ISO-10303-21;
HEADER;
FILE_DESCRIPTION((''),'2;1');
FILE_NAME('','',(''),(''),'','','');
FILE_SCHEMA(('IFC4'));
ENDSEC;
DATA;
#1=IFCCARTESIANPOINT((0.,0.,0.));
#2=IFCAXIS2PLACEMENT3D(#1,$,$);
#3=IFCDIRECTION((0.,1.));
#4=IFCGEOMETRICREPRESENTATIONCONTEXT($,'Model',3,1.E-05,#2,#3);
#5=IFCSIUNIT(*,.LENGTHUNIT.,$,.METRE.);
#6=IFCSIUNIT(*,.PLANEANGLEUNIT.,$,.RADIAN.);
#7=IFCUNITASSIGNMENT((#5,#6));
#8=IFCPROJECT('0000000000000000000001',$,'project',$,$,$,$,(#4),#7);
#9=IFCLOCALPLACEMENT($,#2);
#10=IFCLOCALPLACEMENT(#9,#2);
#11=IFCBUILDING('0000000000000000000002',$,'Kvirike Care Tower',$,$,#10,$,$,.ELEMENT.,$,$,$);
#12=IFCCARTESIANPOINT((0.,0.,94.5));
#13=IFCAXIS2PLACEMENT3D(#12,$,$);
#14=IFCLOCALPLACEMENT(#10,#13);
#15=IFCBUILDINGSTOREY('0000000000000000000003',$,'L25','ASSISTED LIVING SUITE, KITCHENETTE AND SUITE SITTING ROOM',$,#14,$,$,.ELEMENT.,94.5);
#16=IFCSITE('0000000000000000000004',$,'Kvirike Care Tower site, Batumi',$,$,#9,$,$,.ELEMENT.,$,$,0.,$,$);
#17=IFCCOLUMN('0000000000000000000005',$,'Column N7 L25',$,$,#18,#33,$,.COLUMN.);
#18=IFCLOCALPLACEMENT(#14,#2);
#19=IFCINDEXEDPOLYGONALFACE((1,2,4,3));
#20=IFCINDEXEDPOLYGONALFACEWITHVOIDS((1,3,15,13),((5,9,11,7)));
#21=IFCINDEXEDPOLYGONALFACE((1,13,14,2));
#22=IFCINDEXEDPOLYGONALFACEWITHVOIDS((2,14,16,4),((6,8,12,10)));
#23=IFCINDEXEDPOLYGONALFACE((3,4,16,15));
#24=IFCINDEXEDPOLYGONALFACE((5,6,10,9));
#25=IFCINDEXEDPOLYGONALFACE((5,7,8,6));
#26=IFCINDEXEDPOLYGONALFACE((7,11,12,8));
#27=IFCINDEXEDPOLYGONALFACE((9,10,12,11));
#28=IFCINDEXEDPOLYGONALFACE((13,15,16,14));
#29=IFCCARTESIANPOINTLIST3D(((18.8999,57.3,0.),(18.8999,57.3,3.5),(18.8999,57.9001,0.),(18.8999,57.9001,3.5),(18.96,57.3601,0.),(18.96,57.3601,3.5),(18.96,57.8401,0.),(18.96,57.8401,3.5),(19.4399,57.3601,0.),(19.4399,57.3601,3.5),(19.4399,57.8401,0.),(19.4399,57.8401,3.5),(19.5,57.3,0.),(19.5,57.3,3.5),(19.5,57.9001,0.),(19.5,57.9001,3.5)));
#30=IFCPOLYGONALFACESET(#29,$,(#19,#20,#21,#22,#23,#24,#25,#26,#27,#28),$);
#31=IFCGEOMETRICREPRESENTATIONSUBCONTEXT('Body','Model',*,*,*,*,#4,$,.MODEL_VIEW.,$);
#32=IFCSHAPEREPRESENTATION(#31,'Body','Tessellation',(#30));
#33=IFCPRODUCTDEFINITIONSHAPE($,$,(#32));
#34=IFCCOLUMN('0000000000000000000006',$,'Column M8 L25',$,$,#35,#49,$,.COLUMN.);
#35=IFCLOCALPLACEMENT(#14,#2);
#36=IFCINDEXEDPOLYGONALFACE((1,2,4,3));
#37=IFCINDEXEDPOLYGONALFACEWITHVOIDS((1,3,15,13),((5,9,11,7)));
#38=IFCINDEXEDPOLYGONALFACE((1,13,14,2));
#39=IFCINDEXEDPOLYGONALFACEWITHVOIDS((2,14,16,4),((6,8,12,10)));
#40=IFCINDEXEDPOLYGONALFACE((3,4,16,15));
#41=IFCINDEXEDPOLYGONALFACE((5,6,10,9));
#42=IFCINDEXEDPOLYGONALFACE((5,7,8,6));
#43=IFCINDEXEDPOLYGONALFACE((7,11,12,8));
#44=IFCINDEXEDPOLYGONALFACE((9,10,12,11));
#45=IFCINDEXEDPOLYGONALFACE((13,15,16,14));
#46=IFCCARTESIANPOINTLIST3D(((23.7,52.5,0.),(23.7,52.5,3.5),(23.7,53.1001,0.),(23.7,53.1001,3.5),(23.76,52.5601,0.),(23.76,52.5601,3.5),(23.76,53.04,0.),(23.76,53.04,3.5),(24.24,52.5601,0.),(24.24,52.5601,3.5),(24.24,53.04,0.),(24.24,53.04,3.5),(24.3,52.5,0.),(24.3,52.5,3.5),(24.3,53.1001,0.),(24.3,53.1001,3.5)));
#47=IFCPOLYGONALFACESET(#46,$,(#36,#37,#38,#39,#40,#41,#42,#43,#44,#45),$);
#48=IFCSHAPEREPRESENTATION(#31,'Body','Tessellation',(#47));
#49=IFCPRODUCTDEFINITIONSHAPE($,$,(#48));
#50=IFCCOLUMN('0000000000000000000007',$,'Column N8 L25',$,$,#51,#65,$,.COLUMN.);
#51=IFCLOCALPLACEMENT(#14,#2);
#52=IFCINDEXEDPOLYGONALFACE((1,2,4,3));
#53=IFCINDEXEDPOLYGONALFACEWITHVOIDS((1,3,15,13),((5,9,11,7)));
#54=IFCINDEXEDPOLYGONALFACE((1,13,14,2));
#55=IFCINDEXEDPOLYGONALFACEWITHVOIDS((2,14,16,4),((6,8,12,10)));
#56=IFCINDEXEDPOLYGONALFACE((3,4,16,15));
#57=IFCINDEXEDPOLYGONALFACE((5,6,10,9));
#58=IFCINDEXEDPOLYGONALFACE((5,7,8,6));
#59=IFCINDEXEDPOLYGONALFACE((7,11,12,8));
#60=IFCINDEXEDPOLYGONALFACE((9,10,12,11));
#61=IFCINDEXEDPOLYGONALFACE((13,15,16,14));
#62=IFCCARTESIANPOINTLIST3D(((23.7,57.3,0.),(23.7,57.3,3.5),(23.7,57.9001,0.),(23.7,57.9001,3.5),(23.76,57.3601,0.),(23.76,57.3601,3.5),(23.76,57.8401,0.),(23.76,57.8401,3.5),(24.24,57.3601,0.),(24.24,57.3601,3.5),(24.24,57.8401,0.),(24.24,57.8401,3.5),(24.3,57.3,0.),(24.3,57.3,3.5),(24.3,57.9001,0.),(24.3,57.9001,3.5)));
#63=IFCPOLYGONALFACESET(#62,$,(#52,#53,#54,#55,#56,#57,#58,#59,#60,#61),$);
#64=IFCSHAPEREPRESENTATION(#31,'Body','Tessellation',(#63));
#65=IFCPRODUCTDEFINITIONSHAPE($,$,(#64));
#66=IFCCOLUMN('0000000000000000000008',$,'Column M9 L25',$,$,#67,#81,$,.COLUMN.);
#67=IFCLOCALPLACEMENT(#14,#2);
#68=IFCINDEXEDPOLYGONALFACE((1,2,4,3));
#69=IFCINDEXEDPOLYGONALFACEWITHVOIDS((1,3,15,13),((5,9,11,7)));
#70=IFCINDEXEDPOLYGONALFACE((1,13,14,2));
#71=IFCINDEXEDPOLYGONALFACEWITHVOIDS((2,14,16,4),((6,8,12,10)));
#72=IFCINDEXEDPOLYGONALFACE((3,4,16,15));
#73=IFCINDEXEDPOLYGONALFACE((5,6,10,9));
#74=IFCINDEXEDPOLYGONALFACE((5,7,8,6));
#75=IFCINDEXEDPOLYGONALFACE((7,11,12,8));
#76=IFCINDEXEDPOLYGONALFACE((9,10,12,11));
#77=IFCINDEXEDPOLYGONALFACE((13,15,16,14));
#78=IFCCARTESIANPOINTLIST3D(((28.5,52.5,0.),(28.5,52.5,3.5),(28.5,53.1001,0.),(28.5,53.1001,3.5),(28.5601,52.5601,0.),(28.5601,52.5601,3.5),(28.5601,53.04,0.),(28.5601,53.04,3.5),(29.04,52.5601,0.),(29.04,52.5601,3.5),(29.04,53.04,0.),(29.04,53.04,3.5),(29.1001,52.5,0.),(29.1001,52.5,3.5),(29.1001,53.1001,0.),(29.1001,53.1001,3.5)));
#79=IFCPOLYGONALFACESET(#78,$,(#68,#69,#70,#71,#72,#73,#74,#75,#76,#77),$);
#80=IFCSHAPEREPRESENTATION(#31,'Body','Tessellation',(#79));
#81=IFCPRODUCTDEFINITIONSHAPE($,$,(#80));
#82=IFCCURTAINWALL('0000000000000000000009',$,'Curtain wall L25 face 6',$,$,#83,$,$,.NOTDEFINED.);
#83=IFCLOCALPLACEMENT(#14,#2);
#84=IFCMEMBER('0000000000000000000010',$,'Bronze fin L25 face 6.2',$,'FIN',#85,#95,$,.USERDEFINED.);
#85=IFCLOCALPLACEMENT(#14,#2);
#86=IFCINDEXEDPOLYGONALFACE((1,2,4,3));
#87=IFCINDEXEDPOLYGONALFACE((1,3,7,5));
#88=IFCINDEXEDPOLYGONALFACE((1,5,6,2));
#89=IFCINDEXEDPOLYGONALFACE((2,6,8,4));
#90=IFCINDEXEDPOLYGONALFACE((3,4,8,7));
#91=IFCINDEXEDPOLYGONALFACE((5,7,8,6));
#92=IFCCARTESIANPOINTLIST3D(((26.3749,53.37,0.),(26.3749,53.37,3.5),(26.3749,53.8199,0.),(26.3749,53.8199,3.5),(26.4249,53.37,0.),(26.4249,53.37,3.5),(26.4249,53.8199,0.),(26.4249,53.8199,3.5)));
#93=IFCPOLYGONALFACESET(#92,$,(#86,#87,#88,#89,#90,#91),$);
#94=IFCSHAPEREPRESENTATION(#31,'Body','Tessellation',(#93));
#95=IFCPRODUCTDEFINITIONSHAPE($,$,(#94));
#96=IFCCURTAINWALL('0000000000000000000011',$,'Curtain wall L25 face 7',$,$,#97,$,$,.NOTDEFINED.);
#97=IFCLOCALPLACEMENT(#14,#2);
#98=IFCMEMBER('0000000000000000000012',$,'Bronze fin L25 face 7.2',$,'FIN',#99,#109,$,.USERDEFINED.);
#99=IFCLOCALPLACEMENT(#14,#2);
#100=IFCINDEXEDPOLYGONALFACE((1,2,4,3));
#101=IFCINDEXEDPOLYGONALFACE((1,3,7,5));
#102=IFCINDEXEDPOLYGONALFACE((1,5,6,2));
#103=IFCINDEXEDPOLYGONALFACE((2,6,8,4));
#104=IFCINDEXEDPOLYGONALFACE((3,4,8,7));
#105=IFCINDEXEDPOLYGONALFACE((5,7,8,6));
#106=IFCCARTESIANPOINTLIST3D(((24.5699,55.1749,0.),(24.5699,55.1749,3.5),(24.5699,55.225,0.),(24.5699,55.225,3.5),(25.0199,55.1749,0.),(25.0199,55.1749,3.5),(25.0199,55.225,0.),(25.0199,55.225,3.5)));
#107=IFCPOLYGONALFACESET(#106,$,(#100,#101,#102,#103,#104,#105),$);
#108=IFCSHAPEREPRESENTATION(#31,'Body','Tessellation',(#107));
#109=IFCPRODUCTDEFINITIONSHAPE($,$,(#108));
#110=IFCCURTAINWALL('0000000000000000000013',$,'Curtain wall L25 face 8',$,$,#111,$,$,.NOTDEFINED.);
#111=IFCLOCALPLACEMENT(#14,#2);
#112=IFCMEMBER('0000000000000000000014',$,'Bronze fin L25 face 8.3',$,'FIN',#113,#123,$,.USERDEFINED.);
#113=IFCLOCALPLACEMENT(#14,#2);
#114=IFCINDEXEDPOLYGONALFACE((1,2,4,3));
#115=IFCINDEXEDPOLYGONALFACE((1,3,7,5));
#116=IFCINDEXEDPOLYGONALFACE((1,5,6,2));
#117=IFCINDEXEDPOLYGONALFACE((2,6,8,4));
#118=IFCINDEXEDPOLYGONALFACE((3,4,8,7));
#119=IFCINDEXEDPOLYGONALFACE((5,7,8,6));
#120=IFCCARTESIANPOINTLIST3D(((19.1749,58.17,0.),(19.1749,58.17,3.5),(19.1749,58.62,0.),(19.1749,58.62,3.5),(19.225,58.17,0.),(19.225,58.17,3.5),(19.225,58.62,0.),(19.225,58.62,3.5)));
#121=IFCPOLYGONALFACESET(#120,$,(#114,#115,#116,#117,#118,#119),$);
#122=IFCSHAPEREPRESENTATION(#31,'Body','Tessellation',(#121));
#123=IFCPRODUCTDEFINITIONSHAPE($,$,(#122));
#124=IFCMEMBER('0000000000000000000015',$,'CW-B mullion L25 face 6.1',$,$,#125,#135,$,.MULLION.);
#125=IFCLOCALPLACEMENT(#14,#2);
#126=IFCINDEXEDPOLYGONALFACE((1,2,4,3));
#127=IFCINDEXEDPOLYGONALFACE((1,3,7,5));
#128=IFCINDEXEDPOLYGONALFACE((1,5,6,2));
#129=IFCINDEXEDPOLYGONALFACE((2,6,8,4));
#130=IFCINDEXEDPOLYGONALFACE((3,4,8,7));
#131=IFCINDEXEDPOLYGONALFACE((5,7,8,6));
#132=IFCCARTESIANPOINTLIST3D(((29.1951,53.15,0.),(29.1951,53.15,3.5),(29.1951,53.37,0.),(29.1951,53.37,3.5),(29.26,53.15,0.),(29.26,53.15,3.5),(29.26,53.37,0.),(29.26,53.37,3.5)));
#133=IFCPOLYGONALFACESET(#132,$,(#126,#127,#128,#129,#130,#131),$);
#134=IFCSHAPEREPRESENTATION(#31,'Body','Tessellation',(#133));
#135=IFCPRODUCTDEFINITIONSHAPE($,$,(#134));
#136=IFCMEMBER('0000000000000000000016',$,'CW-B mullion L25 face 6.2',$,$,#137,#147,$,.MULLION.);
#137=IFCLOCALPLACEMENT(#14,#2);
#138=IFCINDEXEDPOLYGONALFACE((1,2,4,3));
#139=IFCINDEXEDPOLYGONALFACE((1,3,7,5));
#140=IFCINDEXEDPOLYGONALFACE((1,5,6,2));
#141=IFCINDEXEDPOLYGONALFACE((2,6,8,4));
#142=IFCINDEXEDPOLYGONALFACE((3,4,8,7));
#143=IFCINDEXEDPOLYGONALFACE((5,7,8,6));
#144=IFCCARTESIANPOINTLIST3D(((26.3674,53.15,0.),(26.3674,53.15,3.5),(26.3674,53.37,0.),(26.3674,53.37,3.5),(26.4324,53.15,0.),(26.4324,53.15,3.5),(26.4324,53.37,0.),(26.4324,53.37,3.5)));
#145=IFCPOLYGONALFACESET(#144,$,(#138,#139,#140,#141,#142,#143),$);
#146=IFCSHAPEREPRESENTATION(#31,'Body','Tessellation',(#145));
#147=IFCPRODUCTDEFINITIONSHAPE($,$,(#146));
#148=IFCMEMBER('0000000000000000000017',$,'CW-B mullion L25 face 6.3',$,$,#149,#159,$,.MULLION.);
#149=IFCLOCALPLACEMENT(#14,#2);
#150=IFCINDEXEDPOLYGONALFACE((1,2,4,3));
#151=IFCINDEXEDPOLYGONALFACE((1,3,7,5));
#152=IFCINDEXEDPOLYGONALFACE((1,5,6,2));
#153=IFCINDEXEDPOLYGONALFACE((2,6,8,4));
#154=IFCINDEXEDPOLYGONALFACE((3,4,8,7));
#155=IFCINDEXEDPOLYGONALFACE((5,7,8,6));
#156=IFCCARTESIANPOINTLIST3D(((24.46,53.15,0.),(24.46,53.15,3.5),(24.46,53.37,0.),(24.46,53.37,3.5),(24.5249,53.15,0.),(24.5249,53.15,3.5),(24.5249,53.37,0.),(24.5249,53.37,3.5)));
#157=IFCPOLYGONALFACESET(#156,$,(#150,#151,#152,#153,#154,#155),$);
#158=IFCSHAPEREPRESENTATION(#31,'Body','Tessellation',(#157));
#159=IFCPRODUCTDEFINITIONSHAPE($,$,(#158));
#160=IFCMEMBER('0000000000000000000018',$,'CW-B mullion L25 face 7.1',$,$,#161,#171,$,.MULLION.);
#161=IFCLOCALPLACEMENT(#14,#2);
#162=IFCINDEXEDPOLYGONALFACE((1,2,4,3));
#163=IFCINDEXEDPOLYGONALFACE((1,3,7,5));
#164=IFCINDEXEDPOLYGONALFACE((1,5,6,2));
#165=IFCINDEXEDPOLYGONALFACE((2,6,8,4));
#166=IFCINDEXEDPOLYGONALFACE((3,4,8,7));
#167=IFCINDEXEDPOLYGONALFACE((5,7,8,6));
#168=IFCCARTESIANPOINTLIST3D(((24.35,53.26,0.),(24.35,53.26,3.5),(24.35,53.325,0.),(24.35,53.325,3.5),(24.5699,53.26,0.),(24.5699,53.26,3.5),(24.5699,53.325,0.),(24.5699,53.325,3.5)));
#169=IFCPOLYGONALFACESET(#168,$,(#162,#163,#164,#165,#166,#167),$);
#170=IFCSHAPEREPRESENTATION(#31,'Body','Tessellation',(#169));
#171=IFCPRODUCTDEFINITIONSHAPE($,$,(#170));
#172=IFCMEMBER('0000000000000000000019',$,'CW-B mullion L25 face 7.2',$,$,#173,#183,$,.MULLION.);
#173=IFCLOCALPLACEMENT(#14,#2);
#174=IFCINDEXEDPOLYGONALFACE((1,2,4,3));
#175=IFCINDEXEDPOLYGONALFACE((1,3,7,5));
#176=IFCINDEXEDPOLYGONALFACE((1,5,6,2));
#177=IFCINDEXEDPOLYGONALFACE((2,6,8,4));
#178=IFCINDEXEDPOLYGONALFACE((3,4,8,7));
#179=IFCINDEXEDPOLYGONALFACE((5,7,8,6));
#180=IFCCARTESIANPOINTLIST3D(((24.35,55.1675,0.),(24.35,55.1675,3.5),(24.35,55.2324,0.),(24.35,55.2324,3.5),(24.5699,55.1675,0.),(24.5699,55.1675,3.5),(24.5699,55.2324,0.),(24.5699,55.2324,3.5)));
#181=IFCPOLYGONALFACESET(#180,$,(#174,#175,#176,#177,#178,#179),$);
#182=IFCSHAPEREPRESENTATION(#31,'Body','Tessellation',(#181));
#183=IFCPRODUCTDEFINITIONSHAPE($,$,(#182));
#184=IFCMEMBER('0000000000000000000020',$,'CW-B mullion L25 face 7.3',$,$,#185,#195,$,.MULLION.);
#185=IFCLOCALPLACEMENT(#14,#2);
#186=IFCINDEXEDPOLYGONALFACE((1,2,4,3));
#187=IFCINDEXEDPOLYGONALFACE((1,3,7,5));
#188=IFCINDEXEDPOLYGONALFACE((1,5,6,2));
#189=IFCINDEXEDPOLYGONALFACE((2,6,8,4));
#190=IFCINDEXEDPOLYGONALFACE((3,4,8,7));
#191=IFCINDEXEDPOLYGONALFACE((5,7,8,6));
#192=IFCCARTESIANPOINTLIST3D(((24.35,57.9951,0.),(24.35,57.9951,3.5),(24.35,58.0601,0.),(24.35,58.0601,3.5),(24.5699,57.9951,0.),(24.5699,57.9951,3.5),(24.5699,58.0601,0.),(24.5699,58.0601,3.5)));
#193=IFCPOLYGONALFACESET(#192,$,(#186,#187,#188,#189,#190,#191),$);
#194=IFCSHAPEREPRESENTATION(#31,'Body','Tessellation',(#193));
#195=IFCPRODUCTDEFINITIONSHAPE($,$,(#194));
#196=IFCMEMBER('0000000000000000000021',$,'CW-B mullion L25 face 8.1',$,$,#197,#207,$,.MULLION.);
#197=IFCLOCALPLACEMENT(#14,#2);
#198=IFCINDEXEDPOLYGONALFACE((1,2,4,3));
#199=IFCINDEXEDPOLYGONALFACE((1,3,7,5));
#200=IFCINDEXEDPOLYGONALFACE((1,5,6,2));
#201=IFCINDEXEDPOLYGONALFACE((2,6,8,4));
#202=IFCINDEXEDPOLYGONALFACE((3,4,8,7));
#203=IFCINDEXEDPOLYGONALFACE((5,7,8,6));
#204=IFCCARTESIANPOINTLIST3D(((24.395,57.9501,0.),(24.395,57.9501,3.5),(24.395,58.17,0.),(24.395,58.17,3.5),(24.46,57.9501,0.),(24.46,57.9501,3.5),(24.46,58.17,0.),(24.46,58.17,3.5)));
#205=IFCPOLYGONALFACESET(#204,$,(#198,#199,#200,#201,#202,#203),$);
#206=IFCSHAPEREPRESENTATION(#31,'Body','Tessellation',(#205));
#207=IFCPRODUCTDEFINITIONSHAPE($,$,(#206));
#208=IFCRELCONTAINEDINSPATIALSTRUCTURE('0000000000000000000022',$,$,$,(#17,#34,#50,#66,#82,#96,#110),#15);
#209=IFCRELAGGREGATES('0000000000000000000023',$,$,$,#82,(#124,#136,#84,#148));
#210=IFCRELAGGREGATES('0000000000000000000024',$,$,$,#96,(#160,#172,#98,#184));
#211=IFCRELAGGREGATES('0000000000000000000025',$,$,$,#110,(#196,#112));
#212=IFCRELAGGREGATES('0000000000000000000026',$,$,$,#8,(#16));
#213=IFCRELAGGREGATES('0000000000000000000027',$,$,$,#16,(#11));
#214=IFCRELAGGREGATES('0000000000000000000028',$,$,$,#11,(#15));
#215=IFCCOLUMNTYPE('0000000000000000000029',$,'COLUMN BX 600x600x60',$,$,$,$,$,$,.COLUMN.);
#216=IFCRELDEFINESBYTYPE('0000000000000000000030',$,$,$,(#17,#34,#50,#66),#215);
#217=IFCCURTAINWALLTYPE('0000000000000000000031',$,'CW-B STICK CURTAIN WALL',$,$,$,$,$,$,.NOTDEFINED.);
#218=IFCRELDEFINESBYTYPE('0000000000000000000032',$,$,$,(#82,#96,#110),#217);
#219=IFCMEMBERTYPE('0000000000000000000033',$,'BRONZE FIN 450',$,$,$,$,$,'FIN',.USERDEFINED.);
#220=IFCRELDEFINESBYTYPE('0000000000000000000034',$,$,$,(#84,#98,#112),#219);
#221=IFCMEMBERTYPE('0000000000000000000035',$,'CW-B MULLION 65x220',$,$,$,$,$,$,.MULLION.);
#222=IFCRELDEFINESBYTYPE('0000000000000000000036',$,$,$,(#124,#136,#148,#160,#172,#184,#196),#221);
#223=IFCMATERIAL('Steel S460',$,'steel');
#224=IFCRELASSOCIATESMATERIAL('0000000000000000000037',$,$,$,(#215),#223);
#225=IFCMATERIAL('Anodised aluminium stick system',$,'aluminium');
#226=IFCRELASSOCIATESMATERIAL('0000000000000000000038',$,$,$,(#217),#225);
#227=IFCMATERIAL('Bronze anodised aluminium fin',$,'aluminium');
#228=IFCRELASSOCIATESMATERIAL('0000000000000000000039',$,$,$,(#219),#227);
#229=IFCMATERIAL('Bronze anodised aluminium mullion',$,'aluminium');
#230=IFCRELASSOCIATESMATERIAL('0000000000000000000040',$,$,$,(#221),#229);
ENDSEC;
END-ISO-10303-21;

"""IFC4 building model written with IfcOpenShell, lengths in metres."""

from ifc_helpers import new_model, si_unit, direction, frame, origin, origin_2d, place, context, subcontext, project, spatial, rectangle, hollow_rectangle, extrude, material, material_profile, profile_set, type_object, element, aggregate, save


model = new_model("IFC4")

# Units and contexts
model_context = context("Model", 3, precision=1e-05, world=origin(), true_north=direction((0.0, 1.0)))
body_context = subcontext(model_context, "Body", "Model", "MODEL_VIEW")
ifc_project = project(units=[si_unit("LENGTHUNIT", "METRE"), si_unit("PLANEANGLEUNIT", "RADIAN")], contexts=[model_context])

# Site, building, storey
site_placement = place(None, origin())
site = spatial("IfcSite", under=ifc_project, at=site_placement, Name="Kvirike Care Tower site, Batumi", CompositionType="ELEMENT", RefElevation=0.0)
building_placement = place(site_placement, origin())
building = spatial("IfcBuilding", under=site, at=building_placement, Name="Kvirike Care Tower", CompositionType="ELEMENT")
storey_placement = place(building_placement, frame((0.0, 0.0, 94.5)))
storey = spatial("IfcBuildingStorey", under=building, at=storey_placement, Name="L25", Description="ASSISTED LIVING SUITE, KITCHENETTE AND SUITE SITTING ROOM", CompositionType="ELEMENT", Elevation=94.5)

# Columns
ifc_material_1 = material(Name="Steel S460", Category="steel")
ifc_material_profile_1 = material_profile(ifc_material_1, hollow_rectangle(XDim=0.6001, YDim=0.6001, WallThickness=0.0601, at=origin_2d()), Name="BX 600x600x60")
ifc_profile_set_1 = profile_set([ifc_material_profile_1], Name="Steel S460")
column_type = type_object("IfcColumnType", Name="COLUMN BX 600x600x60", PredefinedType="COLUMN", material=ifc_profile_set_1)
for number, where, z_axis, x_axis, name in (
    (1, (19.2, 57.6001, 0.0), (0.0, 0.0, 1.0), (0.0, 1.0, 0.0), "Column N7 L25"),
    (2, (24.0, 52.8, 0.0), (0.0, 0.0, 1.0), (0.0, 1.0, 0.0), "Column M8 L25"),
    (3, (24.0, 57.6001, 0.0), (0.0, 0.0, 1.0), (0.0, 1.0, 0.0), "Column N8 L25"),
    (4, (28.8, 52.8, 0.0), (0.0, 0.0, 1.0), (0.0, 1.0, 0.0), "Column M9 L25"),
):
    element("IfcColumn", number, at=place(storey_placement, frame(where, z_axis=z_axis, x_axis=x_axis)), inside=storey, type_object=column_type, Name=name, PredefinedType="COLUMN", context=body_context, shape_type="SweptSolid", body=[
        extrude(hollow_rectangle(XDim=0.6001, YDim=0.6001, WallThickness=0.0601, at=origin_2d()), origin(), (0.0, 0.0, 1.0), 3.5),
    ])

# Curtain walls, members
ifc_material_2 = material(Name="Anodised aluminium stick system", Category="aluminium")
curtain_wall_type = type_object("IfcCurtainWallType", Name="CW-B STICK CURTAIN WALL", PredefinedType="NOTDEFINED", material=ifc_material_2)
curtain_wall_1_placement = place(storey_placement, origin())
curtain_wall_1 = element("IfcCurtainWall", 5, at=curtain_wall_1_placement, inside=storey, type_object=curtain_wall_type, Name="Curtain wall L25 face 6", PredefinedType="NOTDEFINED")
ifc_material_3 = material(Name="Bronze anodised aluminium fin", Category="aluminium")
ifc_material_profile_2 = material_profile(ifc_material_3, rectangle(XDim=0.05, YDim=0.45, at=origin_2d()), Name="BRONZE FIN 450")
ifc_profile_set_2 = profile_set([ifc_material_profile_2], Name="Bronze anodised aluminium fin")
member_type_1 = type_object("IfcMemberType", Name="BRONZE FIN 450", ElementType="FIN", PredefinedType="USERDEFINED", material=ifc_profile_set_2)
member_1_placement = place(storey_placement, frame((26.3999, 53.595, 0.0), z_axis=(0.0, 0.0, 1.0), x_axis=(-1.0, 0.0, 0.0)))
member_1 = element("IfcMember", 6, at=member_1_placement, type_object=member_type_1, Name="Bronze fin L25 face 6.2", ObjectType="FIN", PredefinedType="USERDEFINED", context=body_context, shape_type="SweptSolid", body=[
    extrude(rectangle(XDim=0.05, YDim=0.45, at=origin_2d()), origin(), (0.0, 0.0, 1.0), 3.5),
])
curtain_wall_2_placement = place(storey_placement, origin())
curtain_wall_2 = element("IfcCurtainWall", 7, at=curtain_wall_2_placement, inside=storey, type_object=curtain_wall_type, Name="Curtain wall L25 face 7", PredefinedType="NOTDEFINED")
member_2_placement = place(storey_placement, frame((24.7949, 55.2, 0.0), z_axis=(0.0, 0.0, 1.0), x_axis=(0.0, 1.0, 0.0)))
member_2 = element("IfcMember", 8, at=member_2_placement, type_object=member_type_1, Name="Bronze fin L25 face 7.2", ObjectType="FIN", PredefinedType="USERDEFINED", context=body_context, shape_type="SweptSolid", body=[
    extrude(rectangle(XDim=0.05, YDim=0.45, at=origin_2d()), origin(), (0.0, 0.0, 1.0), 3.5),
])
curtain_wall_3_placement = place(storey_placement, origin())
curtain_wall_3 = element("IfcCurtainWall", 9, at=curtain_wall_3_placement, inside=storey, type_object=curtain_wall_type, Name="Curtain wall L25 face 8", PredefinedType="NOTDEFINED")
member_3_placement = place(storey_placement, frame((19.2, 58.395, 0.0), z_axis=(0.0, 0.0, 1.0), x_axis=(-1.0, 0.0, 0.0)))
member_3 = element("IfcMember", 10, at=member_3_placement, type_object=member_type_1, Name="Bronze fin L25 face 8.3", ObjectType="FIN", PredefinedType="USERDEFINED", context=body_context, shape_type="SweptSolid", body=[
    extrude(rectangle(XDim=0.05, YDim=0.45, at=origin_2d()), origin(), (0.0, 0.0, 1.0), 3.5),
])

# Members
ifc_material_4 = material(Name="Bronze anodised aluminium mullion", Category="aluminium")
ifc_material_profile_3 = material_profile(ifc_material_4, rectangle(XDim=0.0649, YDim=0.22, at=origin_2d()), Name="CW-B MULLION 65x220")
ifc_profile_set_3 = profile_set([ifc_material_profile_3], Name="Bronze anodised aluminium mullion")
member_type_2 = type_object("IfcMemberType", Name="CW-B MULLION 65x220", PredefinedType="MULLION", material=ifc_profile_set_3)
member_4_placement = place(storey_placement, frame((29.2275, 53.26, 0.0), z_axis=(0.0, 0.0, 1.0), x_axis=(-1.0, 0.0, 0.0)))
member_4 = element("IfcMember", 11, at=member_4_placement, type_object=member_type_2, Name="CW-B mullion L25 face 6.1", PredefinedType="MULLION", context=body_context, shape_type="SweptSolid", body=[
    extrude(rectangle(XDim=0.0649, YDim=0.22, at=origin_2d()), origin(), (0.0, 0.0, 1.0), 3.5),
])
member_5_placement = place(storey_placement, frame((26.3999, 53.26, 0.0), z_axis=(0.0, 0.0, 1.0), x_axis=(-1.0, 0.0, 0.0)))
member_5 = element("IfcMember", 12, at=member_5_placement, type_object=member_type_2, Name="CW-B mullion L25 face 6.2", PredefinedType="MULLION", context=body_context, shape_type="SweptSolid", body=[
    extrude(rectangle(XDim=0.0649, YDim=0.22, at=origin_2d()), origin(), (0.0, 0.0, 1.0), 3.5),
])
member_6_placement = place(storey_placement, frame((24.4924, 53.26, 0.0), z_axis=(0.0, 0.0, 1.0), x_axis=(-1.0, 0.0, 0.0)))
member_6 = element("IfcMember", 13, at=member_6_placement, type_object=member_type_2, Name="CW-B mullion L25 face 6.3", PredefinedType="MULLION", context=body_context, shape_type="SweptSolid", body=[
    extrude(rectangle(XDim=0.0649, YDim=0.22, at=origin_2d()), origin(), (0.0, 0.0, 1.0), 3.5),
])
member_7_placement = place(storey_placement, frame((24.46, 53.2925, 0.0), z_axis=(0.0, 0.0, 1.0), x_axis=(0.0, 1.0, 0.0)))
member_7 = element("IfcMember", 14, at=member_7_placement, type_object=member_type_2, Name="CW-B mullion L25 face 7.1", PredefinedType="MULLION", context=body_context, shape_type="SweptSolid", body=[
    extrude(rectangle(XDim=0.0649, YDim=0.22, at=origin_2d()), origin(), (0.0, 0.0, 1.0), 3.5),
])
member_8_placement = place(storey_placement, frame((24.46, 55.2, 0.0), z_axis=(0.0, 0.0, 1.0), x_axis=(0.0, 1.0, 0.0)))
member_8 = element("IfcMember", 15, at=member_8_placement, type_object=member_type_2, Name="CW-B mullion L25 face 7.2", PredefinedType="MULLION", context=body_context, shape_type="SweptSolid", body=[
    extrude(rectangle(XDim=0.0649, YDim=0.22, at=origin_2d()), origin(), (0.0, 0.0, 1.0), 3.5),
])
member_9_placement = place(storey_placement, frame((24.46, 58.0276, 0.0), z_axis=(0.0, 0.0, 1.0), x_axis=(0.0, 1.0, 0.0)))
member_9 = element("IfcMember", 16, at=member_9_placement, type_object=member_type_2, Name="CW-B mullion L25 face 7.3", PredefinedType="MULLION", context=body_context, shape_type="SweptSolid", body=[
    extrude(rectangle(XDim=0.0649, YDim=0.22, at=origin_2d()), origin(), (0.0, 0.0, 1.0), 3.5),
])
member_10_placement = place(storey_placement, frame((24.4275, 58.0601, 0.0), z_axis=(0.0, 0.0, 1.0), x_axis=(-1.0, 0.0, 0.0)))
member_10 = element("IfcMember", 17, at=member_10_placement, type_object=member_type_2, Name="CW-B mullion L25 face 8.1", PredefinedType="MULLION", context=body_context, shape_type="SweptSolid", body=[
    extrude(rectangle(XDim=0.0649, YDim=0.22, at=origin_2d()), origin(), (0.0, 0.0, 1.0), 3.5),
])

aggregate(curtain_wall_1, [member_4, member_5, member_1, member_6])
aggregate(curtain_wall_2, [member_7, member_8, member_2, member_9])
aggregate(curtain_wall_3, [member_10, member_3])

save(model, "model.ifc")
